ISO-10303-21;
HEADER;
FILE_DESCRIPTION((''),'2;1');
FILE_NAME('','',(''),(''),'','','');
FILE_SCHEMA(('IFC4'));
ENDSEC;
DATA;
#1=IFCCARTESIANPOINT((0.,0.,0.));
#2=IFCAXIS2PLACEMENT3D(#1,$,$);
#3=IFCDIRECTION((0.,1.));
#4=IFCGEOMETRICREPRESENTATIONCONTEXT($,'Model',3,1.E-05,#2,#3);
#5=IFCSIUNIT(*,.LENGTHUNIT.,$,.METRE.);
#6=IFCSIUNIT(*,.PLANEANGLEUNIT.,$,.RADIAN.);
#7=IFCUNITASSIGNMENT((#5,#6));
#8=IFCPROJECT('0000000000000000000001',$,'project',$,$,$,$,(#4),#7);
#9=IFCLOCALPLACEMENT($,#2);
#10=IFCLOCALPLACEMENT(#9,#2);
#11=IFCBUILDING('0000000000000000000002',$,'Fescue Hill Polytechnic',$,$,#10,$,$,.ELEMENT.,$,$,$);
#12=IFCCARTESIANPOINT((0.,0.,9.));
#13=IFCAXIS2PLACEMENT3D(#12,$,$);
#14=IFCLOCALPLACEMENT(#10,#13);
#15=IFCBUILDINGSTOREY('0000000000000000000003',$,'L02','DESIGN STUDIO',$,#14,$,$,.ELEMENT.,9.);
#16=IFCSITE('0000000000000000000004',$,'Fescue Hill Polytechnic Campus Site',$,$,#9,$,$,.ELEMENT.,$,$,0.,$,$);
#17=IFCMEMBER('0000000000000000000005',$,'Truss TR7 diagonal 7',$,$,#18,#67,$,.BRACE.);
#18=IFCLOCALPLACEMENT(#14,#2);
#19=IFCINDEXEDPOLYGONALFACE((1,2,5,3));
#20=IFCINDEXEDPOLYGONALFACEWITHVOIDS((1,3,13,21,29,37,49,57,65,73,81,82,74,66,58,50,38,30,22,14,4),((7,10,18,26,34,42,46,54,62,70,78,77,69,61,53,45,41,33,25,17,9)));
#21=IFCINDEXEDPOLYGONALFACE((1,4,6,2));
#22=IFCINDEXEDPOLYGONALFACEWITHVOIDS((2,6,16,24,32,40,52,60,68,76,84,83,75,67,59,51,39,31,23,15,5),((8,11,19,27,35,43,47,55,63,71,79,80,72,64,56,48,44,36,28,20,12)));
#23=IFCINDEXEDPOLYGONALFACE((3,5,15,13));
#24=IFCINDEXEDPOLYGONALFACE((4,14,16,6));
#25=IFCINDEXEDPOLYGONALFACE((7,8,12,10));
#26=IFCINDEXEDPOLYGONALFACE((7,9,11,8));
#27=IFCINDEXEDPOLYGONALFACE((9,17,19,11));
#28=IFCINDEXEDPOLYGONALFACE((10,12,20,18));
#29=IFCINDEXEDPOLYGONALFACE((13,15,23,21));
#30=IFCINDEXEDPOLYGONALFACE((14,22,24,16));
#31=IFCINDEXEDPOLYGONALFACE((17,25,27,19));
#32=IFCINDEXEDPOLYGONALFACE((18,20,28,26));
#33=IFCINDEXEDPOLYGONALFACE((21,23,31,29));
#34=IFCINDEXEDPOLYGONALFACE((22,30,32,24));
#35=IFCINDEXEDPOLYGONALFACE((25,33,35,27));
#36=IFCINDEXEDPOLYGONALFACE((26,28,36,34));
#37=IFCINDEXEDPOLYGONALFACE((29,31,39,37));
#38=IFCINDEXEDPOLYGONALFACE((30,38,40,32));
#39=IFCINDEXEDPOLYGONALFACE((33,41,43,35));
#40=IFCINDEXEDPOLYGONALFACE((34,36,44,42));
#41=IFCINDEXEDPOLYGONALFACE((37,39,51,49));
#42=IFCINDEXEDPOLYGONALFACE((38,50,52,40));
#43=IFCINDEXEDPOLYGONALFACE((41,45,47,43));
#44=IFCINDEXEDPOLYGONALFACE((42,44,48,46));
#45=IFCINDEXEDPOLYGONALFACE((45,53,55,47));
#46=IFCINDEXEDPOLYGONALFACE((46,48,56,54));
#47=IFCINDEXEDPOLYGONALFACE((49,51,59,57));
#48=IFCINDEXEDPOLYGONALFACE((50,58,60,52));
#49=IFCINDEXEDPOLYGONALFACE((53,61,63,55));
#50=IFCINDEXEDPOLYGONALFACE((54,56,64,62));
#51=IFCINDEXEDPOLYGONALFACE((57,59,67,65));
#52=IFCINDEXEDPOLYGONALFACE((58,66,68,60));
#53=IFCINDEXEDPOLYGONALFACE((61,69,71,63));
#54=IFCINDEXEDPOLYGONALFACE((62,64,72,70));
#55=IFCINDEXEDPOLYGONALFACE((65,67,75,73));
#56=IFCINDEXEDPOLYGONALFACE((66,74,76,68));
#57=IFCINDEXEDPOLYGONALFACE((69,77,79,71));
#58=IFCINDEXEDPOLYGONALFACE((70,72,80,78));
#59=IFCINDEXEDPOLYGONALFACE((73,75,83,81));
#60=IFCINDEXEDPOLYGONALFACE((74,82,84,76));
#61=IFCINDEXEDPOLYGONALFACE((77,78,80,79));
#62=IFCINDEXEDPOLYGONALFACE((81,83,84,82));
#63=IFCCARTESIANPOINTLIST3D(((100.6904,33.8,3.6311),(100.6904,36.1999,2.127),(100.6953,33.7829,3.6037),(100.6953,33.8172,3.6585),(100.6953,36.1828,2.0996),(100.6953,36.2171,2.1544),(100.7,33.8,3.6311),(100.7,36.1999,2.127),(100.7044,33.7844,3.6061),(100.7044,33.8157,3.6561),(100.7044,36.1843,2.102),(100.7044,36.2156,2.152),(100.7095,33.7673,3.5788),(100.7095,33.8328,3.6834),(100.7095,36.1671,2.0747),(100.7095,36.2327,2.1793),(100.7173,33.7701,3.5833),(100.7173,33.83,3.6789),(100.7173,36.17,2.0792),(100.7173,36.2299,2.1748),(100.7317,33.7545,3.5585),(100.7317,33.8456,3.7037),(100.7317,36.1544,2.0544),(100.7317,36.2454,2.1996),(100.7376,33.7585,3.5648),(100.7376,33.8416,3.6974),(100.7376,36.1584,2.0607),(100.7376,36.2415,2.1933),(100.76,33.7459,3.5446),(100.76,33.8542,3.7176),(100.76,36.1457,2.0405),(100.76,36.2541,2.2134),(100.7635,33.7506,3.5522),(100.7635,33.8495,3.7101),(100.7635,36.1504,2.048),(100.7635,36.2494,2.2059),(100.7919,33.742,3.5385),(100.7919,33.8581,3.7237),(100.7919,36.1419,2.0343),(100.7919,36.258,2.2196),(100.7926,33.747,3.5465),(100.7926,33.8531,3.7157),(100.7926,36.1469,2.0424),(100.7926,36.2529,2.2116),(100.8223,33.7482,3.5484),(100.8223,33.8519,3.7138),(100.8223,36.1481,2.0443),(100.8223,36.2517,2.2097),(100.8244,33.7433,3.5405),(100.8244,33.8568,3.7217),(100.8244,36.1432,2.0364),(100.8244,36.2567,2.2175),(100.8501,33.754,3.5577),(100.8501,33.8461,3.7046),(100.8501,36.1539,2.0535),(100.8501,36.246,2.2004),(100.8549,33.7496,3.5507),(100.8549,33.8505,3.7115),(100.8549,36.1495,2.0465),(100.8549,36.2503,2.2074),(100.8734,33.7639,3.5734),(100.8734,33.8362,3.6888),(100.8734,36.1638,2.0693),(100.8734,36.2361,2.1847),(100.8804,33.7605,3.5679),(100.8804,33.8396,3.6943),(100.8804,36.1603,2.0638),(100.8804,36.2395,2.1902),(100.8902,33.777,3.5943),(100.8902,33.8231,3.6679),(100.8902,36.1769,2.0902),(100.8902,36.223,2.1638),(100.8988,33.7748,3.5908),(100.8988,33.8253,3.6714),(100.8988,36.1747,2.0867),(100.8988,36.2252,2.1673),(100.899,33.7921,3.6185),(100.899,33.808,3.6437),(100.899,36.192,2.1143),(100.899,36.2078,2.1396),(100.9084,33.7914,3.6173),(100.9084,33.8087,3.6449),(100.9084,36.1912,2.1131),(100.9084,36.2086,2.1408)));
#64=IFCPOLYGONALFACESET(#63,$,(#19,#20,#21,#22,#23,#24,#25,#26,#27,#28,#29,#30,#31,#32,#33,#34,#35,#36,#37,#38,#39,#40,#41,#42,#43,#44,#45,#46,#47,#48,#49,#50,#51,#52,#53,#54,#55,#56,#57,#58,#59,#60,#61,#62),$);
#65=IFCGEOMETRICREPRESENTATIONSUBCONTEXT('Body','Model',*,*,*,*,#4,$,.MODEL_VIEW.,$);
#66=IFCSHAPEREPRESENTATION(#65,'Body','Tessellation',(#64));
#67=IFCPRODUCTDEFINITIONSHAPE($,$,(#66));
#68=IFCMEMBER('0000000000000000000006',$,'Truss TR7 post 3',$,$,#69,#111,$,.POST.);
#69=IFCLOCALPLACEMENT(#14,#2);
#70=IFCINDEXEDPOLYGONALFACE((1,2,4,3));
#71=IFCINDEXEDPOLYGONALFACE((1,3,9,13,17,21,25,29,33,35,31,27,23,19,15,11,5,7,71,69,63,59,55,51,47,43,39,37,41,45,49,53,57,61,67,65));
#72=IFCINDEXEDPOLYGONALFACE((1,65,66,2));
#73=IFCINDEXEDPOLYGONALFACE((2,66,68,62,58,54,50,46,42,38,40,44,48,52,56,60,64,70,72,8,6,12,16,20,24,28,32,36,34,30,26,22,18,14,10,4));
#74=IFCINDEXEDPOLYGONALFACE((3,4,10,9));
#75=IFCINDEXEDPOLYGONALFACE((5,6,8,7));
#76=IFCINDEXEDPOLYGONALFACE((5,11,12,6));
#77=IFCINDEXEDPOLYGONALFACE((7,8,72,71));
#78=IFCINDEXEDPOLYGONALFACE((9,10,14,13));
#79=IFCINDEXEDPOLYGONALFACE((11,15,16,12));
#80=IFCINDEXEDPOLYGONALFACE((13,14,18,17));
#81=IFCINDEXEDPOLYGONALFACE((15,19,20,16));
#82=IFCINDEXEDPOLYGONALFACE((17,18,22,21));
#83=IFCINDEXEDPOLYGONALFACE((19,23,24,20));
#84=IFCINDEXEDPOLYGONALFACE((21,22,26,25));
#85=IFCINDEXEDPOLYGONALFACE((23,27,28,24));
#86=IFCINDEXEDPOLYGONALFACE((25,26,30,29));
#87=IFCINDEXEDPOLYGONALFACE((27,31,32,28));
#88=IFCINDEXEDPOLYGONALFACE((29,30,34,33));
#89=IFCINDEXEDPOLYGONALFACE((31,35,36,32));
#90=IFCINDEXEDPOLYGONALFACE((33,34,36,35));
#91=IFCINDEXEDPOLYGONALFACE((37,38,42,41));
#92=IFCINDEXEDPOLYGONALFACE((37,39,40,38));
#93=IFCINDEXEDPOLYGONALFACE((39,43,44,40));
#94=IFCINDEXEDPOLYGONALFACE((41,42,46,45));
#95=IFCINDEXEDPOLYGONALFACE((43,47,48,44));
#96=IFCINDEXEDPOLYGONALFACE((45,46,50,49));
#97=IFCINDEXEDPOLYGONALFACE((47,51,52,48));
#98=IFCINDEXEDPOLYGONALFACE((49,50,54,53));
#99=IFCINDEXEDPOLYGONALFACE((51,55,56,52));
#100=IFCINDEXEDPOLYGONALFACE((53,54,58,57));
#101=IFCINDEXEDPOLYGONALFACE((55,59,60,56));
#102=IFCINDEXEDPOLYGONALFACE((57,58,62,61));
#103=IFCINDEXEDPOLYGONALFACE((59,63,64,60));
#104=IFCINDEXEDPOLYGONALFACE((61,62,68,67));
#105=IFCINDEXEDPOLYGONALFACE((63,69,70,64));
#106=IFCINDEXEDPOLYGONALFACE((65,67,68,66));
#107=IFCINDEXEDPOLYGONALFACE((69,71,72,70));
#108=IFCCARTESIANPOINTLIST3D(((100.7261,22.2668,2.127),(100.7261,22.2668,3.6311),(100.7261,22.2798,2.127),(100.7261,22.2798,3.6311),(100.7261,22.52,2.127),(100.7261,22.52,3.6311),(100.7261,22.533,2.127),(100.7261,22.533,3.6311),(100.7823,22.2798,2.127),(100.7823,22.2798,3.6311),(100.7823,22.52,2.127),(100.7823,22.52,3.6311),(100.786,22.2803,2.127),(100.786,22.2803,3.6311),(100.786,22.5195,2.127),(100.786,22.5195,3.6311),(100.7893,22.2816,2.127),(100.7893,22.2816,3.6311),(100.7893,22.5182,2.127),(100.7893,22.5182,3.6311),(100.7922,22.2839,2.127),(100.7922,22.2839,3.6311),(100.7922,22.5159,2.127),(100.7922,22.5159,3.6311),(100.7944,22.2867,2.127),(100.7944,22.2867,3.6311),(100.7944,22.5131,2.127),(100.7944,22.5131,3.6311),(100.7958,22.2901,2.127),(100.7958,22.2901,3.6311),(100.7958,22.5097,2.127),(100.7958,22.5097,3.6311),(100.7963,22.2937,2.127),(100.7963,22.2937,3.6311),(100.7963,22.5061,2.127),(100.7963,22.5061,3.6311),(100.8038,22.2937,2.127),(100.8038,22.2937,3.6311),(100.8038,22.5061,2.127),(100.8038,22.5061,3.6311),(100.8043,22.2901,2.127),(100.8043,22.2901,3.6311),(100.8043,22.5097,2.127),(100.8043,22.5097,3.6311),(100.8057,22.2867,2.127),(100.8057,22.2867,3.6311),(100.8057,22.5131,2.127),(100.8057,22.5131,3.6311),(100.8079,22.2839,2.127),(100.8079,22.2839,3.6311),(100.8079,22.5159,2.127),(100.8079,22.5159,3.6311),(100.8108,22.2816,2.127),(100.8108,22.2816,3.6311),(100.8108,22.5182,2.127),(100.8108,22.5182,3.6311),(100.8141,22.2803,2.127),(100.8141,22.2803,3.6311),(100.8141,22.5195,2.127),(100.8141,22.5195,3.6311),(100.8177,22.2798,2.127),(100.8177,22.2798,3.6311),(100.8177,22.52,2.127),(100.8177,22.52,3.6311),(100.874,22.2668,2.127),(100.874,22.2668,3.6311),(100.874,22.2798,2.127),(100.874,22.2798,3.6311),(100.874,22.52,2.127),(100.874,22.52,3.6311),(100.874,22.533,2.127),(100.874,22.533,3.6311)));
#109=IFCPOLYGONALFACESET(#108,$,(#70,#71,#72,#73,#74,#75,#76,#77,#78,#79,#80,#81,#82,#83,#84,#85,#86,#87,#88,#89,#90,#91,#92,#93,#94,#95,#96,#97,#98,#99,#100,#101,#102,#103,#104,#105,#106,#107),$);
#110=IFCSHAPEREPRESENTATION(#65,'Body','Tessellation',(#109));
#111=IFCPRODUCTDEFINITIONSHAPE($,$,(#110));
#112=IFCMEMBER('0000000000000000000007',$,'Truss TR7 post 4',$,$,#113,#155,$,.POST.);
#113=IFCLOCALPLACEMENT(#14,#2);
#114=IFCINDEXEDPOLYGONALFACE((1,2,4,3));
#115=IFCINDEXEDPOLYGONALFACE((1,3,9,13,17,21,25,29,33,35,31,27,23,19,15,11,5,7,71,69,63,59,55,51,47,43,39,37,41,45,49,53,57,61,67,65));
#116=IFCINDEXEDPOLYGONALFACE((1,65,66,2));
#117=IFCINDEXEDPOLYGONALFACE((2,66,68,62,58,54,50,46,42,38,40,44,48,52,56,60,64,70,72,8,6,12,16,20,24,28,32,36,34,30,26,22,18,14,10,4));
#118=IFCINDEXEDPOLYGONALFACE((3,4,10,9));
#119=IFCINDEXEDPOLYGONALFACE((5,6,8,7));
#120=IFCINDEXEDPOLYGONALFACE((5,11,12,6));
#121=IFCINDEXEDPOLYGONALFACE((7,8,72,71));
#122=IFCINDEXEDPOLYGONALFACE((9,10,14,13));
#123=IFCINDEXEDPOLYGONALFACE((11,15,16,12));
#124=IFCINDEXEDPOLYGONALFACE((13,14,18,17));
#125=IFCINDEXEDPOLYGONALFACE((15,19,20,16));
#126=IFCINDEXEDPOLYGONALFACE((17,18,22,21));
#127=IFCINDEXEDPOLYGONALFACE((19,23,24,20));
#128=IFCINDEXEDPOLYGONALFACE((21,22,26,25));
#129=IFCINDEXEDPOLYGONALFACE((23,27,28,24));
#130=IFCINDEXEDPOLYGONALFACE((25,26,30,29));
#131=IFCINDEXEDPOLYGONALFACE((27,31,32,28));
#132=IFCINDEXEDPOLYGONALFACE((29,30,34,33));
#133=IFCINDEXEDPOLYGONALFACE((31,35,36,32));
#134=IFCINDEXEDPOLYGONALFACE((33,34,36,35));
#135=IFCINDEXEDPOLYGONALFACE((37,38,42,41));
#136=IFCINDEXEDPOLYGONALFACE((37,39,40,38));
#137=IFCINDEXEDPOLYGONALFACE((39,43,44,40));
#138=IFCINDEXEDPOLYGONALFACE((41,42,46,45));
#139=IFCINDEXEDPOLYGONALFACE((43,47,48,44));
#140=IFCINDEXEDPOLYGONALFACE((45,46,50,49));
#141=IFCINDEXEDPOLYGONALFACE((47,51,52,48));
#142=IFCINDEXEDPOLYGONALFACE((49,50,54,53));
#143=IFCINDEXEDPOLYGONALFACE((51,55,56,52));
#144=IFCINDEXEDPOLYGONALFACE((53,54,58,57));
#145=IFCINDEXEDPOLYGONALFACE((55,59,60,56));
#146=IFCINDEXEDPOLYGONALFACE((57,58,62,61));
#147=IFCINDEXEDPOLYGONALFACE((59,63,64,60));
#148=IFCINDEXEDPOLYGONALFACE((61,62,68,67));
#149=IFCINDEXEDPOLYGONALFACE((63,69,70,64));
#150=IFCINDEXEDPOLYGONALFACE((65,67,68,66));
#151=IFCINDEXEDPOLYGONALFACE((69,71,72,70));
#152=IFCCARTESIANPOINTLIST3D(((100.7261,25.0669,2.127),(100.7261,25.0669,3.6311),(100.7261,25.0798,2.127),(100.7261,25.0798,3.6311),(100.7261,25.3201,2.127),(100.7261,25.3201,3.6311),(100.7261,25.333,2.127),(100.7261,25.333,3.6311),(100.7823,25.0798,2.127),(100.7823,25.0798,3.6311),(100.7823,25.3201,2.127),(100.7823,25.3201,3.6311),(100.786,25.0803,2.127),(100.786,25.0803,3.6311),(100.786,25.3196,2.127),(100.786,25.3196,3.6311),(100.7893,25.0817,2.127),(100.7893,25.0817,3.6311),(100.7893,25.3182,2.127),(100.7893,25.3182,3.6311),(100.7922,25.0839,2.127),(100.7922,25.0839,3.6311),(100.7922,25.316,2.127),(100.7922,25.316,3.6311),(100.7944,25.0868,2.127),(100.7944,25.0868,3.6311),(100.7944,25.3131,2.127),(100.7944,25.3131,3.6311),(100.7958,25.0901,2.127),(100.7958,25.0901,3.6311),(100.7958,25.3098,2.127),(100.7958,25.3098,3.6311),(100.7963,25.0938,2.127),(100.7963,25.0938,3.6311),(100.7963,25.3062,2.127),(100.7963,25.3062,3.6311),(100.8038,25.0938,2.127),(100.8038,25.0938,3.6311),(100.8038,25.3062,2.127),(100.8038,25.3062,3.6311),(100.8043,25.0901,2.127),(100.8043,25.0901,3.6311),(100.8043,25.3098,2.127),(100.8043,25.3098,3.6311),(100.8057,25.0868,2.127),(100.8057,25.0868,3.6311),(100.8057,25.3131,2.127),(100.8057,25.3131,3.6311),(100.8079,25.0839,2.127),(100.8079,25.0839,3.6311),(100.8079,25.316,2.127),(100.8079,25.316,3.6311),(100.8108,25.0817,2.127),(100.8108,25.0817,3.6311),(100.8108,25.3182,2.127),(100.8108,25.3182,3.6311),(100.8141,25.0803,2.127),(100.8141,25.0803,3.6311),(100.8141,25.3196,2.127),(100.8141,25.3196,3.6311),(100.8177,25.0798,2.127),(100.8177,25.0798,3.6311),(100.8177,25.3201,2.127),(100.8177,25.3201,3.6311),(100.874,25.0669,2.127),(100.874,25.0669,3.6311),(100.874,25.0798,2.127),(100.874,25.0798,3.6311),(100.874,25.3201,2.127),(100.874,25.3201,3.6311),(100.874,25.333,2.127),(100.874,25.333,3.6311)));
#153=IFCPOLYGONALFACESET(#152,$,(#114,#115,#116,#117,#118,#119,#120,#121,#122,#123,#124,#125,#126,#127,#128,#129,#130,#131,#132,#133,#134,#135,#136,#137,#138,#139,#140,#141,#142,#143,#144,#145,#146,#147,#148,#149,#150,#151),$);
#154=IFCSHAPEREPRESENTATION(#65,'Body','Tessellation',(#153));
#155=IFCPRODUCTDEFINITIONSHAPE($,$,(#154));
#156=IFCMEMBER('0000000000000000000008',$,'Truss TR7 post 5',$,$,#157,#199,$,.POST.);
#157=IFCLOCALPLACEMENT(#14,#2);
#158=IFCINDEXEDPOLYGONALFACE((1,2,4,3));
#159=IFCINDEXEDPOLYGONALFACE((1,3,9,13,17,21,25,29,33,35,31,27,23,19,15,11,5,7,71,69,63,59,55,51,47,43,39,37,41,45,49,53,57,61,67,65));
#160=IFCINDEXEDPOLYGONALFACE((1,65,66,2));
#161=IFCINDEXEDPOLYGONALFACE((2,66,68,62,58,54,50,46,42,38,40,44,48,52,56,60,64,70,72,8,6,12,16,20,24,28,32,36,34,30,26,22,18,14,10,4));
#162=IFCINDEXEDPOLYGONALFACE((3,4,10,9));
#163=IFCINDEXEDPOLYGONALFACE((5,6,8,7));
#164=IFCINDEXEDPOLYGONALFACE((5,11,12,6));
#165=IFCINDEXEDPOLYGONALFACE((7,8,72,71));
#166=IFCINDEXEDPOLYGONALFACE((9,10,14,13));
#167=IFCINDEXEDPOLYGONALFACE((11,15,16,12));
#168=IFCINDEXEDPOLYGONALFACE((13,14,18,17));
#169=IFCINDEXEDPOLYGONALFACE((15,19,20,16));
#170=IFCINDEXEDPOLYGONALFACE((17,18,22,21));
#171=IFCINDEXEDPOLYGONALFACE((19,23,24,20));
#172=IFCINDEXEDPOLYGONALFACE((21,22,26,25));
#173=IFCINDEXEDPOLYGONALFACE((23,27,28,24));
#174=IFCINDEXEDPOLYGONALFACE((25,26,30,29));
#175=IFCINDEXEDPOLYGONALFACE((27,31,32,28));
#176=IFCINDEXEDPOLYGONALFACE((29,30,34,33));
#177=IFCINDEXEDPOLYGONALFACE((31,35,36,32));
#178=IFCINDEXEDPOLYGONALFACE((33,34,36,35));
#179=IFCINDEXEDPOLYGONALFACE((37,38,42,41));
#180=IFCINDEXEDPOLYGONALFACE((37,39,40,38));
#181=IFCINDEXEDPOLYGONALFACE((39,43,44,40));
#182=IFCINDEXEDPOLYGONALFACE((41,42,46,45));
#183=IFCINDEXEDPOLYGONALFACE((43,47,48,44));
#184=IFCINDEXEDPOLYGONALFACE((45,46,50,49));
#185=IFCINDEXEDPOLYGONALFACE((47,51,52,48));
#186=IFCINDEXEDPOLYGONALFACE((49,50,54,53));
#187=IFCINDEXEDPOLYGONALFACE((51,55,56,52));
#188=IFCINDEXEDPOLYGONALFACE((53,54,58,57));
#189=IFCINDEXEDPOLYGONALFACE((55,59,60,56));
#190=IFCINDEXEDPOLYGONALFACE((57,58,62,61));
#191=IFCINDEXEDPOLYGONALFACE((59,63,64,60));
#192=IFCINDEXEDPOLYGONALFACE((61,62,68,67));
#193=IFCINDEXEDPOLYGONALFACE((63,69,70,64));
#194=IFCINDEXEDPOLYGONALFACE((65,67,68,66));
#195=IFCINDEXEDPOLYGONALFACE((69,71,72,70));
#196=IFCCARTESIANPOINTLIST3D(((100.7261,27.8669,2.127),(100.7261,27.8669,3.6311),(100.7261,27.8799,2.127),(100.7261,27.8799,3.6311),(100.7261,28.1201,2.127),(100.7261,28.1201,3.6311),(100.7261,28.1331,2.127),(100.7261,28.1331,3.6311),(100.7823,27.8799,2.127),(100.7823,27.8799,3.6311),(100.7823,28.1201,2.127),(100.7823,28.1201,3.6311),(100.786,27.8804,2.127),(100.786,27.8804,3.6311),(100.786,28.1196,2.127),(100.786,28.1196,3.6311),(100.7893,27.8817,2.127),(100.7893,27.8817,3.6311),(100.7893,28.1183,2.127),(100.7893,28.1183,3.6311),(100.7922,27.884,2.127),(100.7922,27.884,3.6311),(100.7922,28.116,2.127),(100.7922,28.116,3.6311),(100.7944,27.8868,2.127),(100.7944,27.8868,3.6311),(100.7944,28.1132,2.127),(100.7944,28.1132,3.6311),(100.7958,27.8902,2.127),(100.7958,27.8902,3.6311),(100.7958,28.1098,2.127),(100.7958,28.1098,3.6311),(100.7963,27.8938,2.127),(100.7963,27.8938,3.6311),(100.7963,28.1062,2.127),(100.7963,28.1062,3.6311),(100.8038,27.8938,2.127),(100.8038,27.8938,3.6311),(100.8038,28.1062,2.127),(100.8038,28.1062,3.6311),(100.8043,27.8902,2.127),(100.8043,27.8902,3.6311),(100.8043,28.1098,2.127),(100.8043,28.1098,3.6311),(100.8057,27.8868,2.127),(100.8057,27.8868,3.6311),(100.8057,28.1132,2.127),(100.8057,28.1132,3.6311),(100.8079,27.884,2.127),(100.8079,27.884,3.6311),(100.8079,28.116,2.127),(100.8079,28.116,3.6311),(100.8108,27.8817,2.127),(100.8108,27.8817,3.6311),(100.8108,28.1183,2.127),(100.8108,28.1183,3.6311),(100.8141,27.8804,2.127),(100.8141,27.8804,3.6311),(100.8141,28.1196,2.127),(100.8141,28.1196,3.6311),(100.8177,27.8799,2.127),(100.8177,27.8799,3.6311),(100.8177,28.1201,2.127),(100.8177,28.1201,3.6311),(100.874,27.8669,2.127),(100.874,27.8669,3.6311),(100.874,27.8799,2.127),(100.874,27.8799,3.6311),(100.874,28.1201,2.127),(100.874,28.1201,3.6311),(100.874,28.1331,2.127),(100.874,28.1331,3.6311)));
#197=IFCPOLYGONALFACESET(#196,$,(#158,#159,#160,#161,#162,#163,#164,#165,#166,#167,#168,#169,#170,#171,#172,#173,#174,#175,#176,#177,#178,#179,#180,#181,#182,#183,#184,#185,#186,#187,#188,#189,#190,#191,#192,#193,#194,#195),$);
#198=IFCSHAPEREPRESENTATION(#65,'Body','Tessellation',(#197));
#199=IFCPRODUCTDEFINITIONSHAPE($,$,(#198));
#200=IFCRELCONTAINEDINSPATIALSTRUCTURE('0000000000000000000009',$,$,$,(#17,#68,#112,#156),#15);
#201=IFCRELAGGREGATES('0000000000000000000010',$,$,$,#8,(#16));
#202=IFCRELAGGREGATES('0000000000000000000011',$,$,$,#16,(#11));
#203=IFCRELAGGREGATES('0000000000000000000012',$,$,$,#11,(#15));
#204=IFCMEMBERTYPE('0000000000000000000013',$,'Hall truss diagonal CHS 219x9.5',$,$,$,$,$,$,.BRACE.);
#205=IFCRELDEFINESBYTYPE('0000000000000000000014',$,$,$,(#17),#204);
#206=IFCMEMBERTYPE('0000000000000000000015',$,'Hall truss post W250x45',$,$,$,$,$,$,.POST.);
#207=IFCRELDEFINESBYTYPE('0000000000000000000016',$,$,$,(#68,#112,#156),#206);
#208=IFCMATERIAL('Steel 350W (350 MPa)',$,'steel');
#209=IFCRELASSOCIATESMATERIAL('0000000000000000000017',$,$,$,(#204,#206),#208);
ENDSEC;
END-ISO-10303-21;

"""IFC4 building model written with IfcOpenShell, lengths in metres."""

from ifc_helpers import new_model, si_unit, direction, frame, origin, origin_2d, place, context, subcontext, project, spatial, hollow_circle, i_section, extrude, material, material_profile, profile_set, type_object, element, save


model = new_model("IFC4")

# Units and contexts
model_context = context("Model", 3, precision=1e-05, world=origin(), true_north=direction((0.0, 1.0)))
body_context = subcontext(model_context, "Body", "Model", "MODEL_VIEW")
ifc_project = project(units=[si_unit("LENGTHUNIT", "METRE"), si_unit("PLANEANGLEUNIT", "RADIAN")], contexts=[model_context])

# Site, building, storey
site_placement = place(None, origin())
site = spatial("IfcSite", under=ifc_project, at=site_placement, Name="Fescue Hill Polytechnic Campus Site", CompositionType="ELEMENT", RefElevation=0.0)
building_placement = place(site_placement, origin())
building = spatial("IfcBuilding", under=site, at=building_placement, Name="Fescue Hill Polytechnic", CompositionType="ELEMENT")
storey_placement = place(building_placement, frame((0.0, 0.0, 9.0)))
storey = spatial("IfcBuildingStorey", under=building, at=storey_placement, Name="L02", Description="DESIGN STUDIO", CompositionType="ELEMENT", Elevation=9.0)

# Members
ifc_material = material(Name="Steel 350W (350 MPa)", Category="steel")
ifc_material_profile_1 = material_profile(ifc_material, hollow_circle(Radius=0.1096, WallThickness=0.0095, at=origin_2d()), Name="Hall truss diagonal CHS 219x9.5")
ifc_profile_set_1 = profile_set([ifc_material_profile_1], Name="Steel 350W (350 MPa)")
member_type_1 = type_object("IfcMemberType", Name="Hall truss diagonal CHS 219x9.5", PredefinedType="BRACE", material=ifc_profile_set_1)
for number, where, z_axis, x_axis, name in (
    (1, (100.8, 33.8, 3.6311), (0.0, 0.847329, -0.531068), (-1.0, 0.0, 0.0), "Truss TR7 diagonal 7"),
):
    element("IfcMember", number, at=place(storey_placement, frame(where, z_axis=z_axis, x_axis=x_axis)), inside=storey, type_object=member_type_1, Name=name, PredefinedType="BRACE", context=body_context, shape_type="SweptSolid", body=[
        extrude(hollow_circle(Radius=0.1096, WallThickness=0.0095, at=origin_2d()), origin(), (0.0, 0.0, 1.0), 2.8323),
    ])
ifc_material_profile_2 = material_profile(ifc_material, i_section(OverallWidth=0.1479, OverallDepth=0.2661, WebThickness=0.0076, FlangeThickness=0.0129, FilletRadius=0.0139, at=origin_2d()), Name="W250x45")
ifc_profile_set_2 = profile_set([ifc_material_profile_2], Name="Steel 350W (350 MPa)")
member_type_2 = type_object("IfcMemberType", Name="Hall truss post W250x45", PredefinedType="POST", material=ifc_profile_set_2)
for number, where, z_axis, x_axis, name in (
    (2, (100.8, 22.3999, 2.127), (0.0, 0.0, 1.0), (1.0, 0.0, 0.0), "Truss TR7 post 3"),
    (3, (100.8, 25.2, 2.127), (0.0, 0.0, 1.0), (1.0, 0.0, 0.0), "Truss TR7 post 4"),
    (4, (100.8, 28.0, 2.127), (0.0, 0.0, 1.0), (1.0, 0.0, 0.0), "Truss TR7 post 5"),
):
    element("IfcMember", number, at=place(storey_placement, frame(where, z_axis=z_axis, x_axis=x_axis)), inside=storey, type_object=member_type_2, Name=name, PredefinedType="POST", context=body_context, shape_type="SweptSolid", body=[
        extrude(i_section(OverallWidth=0.1479, OverallDepth=0.2661, WebThickness=0.0076, FlangeThickness=0.0129, FilletRadius=0.0139, at=origin_2d()), origin(), (0.0, 0.0, 1.0), 1.5042),
    ])

save(model, "model.ifc")
